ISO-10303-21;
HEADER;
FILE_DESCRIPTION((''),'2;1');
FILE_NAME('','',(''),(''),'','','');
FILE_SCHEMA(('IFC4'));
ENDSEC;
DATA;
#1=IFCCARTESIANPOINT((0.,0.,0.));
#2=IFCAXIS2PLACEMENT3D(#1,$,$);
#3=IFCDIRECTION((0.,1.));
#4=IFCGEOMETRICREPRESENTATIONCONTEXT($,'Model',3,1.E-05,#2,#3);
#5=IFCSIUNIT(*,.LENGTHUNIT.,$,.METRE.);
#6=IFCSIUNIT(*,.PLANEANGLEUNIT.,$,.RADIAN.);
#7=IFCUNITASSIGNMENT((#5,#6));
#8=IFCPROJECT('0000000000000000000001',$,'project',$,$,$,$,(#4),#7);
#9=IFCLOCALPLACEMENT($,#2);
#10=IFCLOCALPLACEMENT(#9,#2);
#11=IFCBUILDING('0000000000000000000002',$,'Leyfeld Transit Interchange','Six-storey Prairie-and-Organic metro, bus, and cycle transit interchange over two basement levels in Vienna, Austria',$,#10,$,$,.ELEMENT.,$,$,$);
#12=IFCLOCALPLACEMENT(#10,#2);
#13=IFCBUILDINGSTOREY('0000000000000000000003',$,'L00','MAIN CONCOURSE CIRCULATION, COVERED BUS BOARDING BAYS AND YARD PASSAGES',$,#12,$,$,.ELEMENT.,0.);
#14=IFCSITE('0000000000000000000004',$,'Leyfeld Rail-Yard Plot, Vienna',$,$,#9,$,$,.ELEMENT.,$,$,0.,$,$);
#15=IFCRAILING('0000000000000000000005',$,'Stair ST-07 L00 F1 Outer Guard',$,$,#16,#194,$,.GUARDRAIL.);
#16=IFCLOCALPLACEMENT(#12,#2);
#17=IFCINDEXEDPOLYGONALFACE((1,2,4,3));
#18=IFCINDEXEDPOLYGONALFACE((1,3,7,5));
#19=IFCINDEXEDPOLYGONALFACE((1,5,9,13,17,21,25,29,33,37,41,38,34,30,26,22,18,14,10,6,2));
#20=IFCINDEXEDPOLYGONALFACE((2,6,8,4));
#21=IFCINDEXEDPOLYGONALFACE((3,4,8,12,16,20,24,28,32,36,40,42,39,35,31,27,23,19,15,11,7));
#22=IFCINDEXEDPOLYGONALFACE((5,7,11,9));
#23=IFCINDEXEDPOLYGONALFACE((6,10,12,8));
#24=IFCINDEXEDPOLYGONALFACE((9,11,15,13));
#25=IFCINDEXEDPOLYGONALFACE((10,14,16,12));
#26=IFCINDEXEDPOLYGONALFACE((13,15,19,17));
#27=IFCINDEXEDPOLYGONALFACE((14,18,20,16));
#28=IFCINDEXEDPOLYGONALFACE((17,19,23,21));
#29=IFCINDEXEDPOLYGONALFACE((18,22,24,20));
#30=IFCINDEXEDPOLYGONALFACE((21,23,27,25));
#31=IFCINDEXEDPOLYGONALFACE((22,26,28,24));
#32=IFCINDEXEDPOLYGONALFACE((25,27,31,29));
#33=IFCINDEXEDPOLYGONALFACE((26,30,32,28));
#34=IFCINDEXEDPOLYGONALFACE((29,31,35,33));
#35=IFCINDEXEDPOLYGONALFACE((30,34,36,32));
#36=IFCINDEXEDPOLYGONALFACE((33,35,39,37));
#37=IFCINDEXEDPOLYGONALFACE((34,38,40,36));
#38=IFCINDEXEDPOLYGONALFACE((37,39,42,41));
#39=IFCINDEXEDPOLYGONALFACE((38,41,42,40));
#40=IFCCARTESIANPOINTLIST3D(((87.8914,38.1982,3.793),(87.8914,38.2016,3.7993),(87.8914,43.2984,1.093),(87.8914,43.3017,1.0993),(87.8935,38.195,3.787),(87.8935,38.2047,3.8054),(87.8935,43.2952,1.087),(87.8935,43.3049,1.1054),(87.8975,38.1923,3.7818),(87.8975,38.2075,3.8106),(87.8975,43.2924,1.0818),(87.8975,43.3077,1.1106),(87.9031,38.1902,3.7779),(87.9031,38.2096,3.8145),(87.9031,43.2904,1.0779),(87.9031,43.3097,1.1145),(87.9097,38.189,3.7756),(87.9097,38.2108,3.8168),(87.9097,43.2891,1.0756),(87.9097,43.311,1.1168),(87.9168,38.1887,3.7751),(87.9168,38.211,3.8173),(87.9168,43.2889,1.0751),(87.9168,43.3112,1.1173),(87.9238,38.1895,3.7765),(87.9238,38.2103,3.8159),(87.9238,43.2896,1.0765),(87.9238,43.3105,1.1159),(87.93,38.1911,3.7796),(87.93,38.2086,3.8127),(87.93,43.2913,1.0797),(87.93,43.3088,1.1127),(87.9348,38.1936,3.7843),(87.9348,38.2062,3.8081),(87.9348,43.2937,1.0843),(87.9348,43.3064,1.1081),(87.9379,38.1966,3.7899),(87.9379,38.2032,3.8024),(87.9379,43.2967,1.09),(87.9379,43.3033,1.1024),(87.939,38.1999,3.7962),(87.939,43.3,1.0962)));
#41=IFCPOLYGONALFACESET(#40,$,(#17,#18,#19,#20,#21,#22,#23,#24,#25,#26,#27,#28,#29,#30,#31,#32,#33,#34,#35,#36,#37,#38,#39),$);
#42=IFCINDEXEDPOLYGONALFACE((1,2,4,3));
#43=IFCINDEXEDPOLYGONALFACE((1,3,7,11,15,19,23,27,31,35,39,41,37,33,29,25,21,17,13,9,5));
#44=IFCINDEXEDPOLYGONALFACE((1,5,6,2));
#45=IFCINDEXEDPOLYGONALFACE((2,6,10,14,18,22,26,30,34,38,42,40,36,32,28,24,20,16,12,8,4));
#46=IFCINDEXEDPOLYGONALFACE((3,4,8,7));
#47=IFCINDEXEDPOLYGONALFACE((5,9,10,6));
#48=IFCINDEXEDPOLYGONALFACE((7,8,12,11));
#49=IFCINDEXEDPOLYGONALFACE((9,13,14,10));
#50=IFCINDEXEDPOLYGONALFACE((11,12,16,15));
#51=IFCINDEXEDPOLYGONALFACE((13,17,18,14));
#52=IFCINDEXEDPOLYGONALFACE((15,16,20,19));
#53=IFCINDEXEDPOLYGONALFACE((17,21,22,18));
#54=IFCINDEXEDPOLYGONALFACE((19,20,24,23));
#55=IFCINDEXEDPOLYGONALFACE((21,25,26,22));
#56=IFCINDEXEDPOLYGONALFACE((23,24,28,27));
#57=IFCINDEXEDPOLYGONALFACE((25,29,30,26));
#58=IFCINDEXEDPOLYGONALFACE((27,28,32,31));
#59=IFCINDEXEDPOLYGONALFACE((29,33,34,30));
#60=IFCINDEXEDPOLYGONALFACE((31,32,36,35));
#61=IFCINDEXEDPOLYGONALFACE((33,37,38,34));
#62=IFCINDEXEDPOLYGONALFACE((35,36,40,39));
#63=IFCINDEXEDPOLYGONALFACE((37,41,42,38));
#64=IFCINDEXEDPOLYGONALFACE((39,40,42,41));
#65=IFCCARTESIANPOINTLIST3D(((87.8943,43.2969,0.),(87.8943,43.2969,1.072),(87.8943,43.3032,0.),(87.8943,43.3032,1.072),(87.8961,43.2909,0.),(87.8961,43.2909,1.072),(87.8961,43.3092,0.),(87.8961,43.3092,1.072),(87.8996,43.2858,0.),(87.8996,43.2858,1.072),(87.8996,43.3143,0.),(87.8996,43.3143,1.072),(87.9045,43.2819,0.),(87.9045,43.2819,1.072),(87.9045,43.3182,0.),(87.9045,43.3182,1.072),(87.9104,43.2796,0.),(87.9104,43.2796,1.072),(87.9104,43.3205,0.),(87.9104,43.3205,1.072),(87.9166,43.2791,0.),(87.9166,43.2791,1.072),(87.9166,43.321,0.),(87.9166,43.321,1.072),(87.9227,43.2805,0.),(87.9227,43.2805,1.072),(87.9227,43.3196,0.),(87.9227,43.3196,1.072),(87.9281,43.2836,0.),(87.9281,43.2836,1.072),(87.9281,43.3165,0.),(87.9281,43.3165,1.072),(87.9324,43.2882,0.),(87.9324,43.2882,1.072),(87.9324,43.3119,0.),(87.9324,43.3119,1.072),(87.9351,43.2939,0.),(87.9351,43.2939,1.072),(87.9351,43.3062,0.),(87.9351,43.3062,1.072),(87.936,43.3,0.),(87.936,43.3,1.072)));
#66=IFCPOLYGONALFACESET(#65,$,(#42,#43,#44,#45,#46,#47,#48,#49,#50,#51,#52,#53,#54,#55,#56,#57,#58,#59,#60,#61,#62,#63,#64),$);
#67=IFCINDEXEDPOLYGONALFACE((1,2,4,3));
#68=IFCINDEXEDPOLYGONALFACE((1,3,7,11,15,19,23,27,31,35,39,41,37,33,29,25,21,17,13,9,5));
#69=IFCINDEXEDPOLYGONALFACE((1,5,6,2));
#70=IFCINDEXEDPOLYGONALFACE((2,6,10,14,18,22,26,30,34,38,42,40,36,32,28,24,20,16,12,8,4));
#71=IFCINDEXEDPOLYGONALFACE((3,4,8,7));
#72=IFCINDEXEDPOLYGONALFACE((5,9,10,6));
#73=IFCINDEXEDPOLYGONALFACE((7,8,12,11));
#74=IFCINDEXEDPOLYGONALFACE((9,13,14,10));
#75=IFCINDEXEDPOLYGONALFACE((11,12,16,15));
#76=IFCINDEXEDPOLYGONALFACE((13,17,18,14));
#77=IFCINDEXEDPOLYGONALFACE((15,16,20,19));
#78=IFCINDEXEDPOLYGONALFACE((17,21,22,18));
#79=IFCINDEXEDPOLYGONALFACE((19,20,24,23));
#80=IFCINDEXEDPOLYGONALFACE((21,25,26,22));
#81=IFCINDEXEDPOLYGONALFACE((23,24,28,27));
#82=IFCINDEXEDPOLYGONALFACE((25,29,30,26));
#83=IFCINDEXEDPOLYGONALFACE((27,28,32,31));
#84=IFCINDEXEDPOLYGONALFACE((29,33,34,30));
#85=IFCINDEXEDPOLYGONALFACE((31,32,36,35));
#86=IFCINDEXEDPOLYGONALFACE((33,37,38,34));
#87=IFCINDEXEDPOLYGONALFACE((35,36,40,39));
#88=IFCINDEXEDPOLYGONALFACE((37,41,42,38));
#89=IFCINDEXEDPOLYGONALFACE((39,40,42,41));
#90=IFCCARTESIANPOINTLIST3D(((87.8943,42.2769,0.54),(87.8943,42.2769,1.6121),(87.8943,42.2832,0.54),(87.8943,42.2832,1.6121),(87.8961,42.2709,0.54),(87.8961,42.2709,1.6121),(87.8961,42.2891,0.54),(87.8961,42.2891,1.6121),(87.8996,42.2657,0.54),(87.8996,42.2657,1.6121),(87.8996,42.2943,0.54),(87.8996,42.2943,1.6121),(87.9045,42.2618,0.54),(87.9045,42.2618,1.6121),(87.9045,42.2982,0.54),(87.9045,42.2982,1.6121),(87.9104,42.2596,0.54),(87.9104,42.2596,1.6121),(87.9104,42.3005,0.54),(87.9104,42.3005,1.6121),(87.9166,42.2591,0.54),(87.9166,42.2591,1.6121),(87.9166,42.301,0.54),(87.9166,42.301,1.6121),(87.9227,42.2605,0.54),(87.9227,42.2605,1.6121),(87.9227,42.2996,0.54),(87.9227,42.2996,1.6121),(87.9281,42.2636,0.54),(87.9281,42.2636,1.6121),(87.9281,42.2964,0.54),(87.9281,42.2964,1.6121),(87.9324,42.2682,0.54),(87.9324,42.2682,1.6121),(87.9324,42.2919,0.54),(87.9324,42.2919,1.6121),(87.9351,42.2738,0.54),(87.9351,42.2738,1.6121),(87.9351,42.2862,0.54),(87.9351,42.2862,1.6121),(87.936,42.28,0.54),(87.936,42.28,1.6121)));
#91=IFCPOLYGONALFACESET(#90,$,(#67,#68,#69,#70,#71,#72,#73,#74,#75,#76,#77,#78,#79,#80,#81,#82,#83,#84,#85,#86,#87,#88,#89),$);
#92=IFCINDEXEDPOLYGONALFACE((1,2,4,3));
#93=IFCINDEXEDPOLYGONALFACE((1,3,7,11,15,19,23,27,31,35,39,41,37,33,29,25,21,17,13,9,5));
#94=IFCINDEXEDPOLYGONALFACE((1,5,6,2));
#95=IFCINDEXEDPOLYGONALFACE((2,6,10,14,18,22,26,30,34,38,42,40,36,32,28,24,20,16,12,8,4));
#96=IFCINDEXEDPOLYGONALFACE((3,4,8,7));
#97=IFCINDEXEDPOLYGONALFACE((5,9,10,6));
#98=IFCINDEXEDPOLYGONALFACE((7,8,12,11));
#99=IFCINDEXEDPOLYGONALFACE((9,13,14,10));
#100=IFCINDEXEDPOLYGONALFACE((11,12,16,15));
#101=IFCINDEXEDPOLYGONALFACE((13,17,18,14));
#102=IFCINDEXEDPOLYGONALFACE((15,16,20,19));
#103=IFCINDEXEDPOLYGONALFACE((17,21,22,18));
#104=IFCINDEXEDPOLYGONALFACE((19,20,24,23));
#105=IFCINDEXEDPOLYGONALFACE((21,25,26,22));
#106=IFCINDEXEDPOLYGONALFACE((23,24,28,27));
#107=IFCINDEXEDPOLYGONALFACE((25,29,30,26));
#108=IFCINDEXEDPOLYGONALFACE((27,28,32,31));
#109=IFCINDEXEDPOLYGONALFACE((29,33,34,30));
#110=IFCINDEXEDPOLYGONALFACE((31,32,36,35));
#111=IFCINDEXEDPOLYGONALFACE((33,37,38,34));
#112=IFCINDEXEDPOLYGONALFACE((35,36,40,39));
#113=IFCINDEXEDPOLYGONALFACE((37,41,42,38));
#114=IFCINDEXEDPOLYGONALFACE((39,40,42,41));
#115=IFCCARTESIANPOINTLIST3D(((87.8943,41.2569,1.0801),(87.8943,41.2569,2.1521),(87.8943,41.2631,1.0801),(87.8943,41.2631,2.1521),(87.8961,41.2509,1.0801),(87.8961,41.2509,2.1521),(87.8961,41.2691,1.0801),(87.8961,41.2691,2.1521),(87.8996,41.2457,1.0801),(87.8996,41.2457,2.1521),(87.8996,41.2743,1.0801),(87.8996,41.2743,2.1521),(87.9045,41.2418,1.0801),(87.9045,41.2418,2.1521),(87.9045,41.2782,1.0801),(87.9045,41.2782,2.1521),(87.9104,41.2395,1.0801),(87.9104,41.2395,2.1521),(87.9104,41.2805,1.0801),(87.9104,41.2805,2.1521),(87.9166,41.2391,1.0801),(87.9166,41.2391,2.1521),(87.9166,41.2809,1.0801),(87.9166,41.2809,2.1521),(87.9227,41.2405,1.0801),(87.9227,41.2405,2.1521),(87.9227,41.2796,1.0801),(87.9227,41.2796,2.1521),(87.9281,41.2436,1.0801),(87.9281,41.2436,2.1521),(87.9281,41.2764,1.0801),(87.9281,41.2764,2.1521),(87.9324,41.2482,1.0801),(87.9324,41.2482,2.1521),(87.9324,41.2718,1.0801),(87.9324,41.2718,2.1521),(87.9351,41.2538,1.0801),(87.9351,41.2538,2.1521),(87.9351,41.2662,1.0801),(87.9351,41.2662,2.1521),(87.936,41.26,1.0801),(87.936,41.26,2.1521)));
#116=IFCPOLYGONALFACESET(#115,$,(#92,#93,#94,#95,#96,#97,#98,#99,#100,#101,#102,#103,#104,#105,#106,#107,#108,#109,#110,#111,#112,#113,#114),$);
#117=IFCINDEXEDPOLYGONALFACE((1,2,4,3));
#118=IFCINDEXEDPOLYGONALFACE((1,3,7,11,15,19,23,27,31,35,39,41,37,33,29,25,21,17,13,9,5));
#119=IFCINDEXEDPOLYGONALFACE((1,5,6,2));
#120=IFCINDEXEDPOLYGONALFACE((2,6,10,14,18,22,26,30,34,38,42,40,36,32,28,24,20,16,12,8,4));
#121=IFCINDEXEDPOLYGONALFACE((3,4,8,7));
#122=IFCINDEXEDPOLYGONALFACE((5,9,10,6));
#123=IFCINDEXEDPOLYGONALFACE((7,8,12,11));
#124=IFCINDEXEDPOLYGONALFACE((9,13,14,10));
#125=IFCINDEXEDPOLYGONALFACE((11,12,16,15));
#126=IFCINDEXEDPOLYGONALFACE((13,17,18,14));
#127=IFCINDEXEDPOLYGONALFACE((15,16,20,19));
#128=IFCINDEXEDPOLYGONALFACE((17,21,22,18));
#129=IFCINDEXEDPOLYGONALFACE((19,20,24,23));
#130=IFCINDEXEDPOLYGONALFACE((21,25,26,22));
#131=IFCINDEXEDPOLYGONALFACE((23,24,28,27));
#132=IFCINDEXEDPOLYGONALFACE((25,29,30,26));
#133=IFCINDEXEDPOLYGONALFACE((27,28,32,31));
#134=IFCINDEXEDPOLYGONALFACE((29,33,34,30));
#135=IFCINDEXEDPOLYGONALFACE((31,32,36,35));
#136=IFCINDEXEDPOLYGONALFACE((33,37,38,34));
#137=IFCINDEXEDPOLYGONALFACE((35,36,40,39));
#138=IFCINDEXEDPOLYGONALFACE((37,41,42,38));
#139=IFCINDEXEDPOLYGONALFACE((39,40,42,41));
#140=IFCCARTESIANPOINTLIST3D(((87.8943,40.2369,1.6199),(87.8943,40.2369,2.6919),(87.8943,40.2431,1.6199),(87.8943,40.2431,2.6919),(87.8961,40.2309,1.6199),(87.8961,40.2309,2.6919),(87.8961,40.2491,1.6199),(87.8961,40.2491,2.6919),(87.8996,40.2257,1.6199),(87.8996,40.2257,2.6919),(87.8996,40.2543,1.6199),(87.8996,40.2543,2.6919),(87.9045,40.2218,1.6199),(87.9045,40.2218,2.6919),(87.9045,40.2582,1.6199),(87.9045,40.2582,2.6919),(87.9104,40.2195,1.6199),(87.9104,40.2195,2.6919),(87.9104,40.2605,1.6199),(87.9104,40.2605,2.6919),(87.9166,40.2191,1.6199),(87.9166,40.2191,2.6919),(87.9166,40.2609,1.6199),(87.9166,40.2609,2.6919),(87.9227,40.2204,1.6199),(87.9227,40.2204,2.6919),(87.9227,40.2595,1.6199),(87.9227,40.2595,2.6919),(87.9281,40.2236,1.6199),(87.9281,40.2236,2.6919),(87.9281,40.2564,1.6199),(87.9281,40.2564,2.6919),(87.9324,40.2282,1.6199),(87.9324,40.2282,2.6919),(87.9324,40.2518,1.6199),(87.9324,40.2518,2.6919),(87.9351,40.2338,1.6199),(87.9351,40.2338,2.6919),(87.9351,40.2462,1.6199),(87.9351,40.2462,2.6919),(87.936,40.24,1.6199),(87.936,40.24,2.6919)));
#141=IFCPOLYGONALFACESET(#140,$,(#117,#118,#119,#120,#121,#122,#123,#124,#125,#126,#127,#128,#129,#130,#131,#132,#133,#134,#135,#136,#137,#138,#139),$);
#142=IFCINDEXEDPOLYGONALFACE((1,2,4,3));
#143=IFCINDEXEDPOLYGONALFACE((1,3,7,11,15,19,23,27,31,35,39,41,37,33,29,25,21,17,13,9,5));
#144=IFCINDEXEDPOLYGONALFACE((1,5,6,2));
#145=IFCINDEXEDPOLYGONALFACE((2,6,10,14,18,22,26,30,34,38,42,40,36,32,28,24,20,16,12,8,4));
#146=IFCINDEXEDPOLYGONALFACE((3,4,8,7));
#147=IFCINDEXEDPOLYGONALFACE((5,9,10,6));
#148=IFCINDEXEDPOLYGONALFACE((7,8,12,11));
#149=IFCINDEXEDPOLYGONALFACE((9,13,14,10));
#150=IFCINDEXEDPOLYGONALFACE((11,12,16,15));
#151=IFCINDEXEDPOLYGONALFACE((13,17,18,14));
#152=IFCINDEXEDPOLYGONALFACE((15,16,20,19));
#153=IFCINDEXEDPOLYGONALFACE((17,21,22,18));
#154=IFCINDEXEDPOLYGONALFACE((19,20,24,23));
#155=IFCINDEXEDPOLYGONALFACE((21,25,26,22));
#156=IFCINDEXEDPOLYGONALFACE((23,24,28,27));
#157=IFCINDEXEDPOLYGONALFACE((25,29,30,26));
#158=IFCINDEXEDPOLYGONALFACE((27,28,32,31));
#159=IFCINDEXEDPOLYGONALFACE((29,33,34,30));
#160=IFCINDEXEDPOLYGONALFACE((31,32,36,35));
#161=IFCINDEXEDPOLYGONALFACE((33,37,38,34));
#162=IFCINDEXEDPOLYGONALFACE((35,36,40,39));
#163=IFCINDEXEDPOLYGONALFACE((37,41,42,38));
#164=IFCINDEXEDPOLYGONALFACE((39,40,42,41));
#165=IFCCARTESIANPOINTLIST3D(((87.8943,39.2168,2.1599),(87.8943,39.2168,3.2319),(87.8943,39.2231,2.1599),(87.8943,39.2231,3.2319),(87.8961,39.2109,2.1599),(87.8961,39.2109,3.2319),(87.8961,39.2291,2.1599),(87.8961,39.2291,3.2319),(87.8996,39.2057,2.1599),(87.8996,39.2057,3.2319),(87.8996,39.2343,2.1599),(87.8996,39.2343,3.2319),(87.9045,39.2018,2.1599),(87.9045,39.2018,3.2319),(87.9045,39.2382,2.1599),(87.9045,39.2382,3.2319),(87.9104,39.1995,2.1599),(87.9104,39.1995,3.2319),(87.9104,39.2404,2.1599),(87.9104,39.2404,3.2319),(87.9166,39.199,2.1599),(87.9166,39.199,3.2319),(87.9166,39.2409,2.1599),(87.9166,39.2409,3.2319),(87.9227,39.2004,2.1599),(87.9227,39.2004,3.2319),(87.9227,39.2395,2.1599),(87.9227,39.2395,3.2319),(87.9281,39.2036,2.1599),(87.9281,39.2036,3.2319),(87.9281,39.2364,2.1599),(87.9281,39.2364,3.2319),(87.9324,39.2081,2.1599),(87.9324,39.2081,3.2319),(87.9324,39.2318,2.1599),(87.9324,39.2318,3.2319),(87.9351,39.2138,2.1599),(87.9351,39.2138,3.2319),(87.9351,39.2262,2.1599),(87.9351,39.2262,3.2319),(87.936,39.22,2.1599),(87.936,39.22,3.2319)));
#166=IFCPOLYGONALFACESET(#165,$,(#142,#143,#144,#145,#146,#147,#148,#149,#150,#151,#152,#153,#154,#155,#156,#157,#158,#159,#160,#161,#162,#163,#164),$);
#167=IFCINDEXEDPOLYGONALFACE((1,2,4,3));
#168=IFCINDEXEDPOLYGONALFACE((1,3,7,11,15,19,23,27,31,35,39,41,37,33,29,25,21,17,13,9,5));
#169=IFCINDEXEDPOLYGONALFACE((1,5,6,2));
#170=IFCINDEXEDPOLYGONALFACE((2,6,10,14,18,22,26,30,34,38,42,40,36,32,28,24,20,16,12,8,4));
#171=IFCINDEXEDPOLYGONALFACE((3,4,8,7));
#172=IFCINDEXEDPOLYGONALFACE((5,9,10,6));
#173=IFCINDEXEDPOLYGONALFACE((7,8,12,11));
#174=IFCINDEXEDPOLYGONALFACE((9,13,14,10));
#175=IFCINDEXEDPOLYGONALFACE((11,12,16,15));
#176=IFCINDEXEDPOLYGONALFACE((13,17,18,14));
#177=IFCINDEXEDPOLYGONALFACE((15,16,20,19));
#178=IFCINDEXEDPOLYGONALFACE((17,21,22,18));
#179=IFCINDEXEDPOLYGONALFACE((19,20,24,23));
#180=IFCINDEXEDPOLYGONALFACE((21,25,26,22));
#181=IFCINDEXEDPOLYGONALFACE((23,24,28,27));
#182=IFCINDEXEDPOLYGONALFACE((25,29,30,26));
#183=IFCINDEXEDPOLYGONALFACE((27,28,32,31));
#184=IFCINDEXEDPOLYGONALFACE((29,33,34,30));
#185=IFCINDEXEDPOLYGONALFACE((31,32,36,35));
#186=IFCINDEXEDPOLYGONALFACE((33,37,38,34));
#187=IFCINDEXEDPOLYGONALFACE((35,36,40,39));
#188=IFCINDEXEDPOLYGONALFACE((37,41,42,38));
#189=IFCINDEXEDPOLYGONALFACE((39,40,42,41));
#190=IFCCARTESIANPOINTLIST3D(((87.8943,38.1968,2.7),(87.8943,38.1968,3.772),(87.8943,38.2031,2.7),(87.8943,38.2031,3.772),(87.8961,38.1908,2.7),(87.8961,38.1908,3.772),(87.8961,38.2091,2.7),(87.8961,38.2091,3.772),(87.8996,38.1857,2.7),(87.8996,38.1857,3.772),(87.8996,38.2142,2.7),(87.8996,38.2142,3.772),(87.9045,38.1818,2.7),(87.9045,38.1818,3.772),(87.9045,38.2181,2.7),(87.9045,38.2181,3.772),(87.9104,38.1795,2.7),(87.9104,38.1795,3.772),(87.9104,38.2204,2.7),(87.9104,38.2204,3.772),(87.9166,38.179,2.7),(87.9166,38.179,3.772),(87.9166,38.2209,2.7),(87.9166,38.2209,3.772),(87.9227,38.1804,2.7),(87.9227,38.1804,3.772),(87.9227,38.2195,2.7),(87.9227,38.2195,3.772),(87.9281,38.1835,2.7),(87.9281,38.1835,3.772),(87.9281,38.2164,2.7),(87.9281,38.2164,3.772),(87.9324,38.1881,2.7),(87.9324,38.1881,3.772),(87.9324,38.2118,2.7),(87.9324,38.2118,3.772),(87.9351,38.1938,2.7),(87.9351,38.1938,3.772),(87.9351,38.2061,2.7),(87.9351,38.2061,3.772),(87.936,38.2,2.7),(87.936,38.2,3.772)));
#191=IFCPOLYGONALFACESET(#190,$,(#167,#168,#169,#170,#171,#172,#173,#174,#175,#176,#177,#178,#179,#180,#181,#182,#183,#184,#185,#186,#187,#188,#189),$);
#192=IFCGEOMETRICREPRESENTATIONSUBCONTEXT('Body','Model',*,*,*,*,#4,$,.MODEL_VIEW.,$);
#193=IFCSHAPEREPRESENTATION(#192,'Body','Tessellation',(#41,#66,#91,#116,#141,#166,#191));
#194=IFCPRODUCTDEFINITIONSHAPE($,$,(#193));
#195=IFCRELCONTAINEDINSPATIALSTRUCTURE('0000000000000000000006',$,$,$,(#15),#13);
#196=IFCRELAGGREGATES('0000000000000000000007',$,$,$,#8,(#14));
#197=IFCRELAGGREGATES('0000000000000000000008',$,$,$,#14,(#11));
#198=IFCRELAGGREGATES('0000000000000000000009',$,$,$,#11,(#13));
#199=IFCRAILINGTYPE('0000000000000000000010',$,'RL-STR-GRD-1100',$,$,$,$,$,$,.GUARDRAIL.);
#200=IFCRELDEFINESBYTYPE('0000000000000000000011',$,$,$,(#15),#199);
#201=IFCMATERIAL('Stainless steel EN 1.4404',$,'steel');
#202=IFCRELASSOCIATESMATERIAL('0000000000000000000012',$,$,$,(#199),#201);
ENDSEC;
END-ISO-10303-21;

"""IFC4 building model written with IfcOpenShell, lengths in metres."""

from ifc_helpers import new_model, si_unit, direction, frame, origin, origin_2d, place, context, subcontext, project, spatial, circle, extrude, material, type_object, element, save


model = new_model("IFC4")

# Units and contexts
model_context = context("Model", 3, precision=1e-05, world=origin(), true_north=direction((0.0, 1.0)))
body_context = subcontext(model_context, "Body", "Model", "MODEL_VIEW")
ifc_project = project(units=[si_unit("LENGTHUNIT", "METRE"), si_unit("PLANEANGLEUNIT", "RADIAN")], contexts=[model_context])

# Site, building, storey
site_placement = place(None, origin())
site = spatial("IfcSite", under=ifc_project, at=site_placement, Name="Leyfeld Rail-Yard Plot, Vienna", CompositionType="ELEMENT", RefElevation=0.0)
building_placement = place(site_placement, origin())
building = spatial("IfcBuilding", under=site, at=building_placement, Name="Leyfeld Transit Interchange", Description="Six-storey Prairie-and-Organic metro, bus, and cycle transit interchange over two basement levels in Vienna, Austria", CompositionType="ELEMENT")
storey_placement = place(building_placement, origin())
storey = spatial("IfcBuildingStorey", under=building, at=storey_placement, Name="L00", Description="MAIN CONCOURSE CIRCULATION, COVERED BUS BOARDING BAYS AND YARD PASSAGES", CompositionType="ELEMENT", Elevation=0.0)

# Railing
ifc_material_1 = material(Name="Stainless steel EN 1.4404", Category="steel")
railing_type_1 = type_object("IfcRailingType", Name="RL-STR-GRD-1100", PredefinedType="GUARDRAIL", material=ifc_material_1)
railing_1_placement = place(storey_placement, frame((87.915, 43.3, 0.0)))
element("IfcRailing", 1, at=railing_1_placement, inside=storey, type_object=railing_type_1, Name="Stair ST-07 L00 F1 Outer Guard", PredefinedType="GUARDRAIL", context=body_context, shape_type="SweptSolid", body=[
    extrude(circle(Radius=0.0239, at=origin_2d()), frame((0.0, 0.0, 1.0962), z_axis=(0.0, -0.883795, 0.467874), x_axis=(1.0, 0.0, 0.0)), (0.0, 0.0, 1.0), 5.7708),
    extrude(circle(Radius=0.021, at=origin_2d()), origin(), (0.0, 0.0, 1.0), 1.072),
    extrude(circle(Radius=0.021, at=origin_2d()), frame((0.0, -1.02, 0.54)), (0.0, 0.0, 1.0), 1.072),
    extrude(circle(Radius=0.021, at=origin_2d()), frame((0.0, -2.04, 1.0801)), (0.0, 0.0, 1.0), 1.072),
    extrude(circle(Radius=0.021, at=origin_2d()), frame((0.0, -3.0601, 1.6199)), (0.0, 0.0, 1.0), 1.072),
    extrude(circle(Radius=0.021, at=origin_2d()), frame((0.0, -4.0801, 2.1599)), (0.0, 0.0, 1.0), 1.072),
    extrude(circle(Radius=0.021, at=origin_2d()), frame((0.0, -5.1001, 2.7)), (0.0, 0.0, 1.0), 1.072),
])

save(model, "model.ifc")
